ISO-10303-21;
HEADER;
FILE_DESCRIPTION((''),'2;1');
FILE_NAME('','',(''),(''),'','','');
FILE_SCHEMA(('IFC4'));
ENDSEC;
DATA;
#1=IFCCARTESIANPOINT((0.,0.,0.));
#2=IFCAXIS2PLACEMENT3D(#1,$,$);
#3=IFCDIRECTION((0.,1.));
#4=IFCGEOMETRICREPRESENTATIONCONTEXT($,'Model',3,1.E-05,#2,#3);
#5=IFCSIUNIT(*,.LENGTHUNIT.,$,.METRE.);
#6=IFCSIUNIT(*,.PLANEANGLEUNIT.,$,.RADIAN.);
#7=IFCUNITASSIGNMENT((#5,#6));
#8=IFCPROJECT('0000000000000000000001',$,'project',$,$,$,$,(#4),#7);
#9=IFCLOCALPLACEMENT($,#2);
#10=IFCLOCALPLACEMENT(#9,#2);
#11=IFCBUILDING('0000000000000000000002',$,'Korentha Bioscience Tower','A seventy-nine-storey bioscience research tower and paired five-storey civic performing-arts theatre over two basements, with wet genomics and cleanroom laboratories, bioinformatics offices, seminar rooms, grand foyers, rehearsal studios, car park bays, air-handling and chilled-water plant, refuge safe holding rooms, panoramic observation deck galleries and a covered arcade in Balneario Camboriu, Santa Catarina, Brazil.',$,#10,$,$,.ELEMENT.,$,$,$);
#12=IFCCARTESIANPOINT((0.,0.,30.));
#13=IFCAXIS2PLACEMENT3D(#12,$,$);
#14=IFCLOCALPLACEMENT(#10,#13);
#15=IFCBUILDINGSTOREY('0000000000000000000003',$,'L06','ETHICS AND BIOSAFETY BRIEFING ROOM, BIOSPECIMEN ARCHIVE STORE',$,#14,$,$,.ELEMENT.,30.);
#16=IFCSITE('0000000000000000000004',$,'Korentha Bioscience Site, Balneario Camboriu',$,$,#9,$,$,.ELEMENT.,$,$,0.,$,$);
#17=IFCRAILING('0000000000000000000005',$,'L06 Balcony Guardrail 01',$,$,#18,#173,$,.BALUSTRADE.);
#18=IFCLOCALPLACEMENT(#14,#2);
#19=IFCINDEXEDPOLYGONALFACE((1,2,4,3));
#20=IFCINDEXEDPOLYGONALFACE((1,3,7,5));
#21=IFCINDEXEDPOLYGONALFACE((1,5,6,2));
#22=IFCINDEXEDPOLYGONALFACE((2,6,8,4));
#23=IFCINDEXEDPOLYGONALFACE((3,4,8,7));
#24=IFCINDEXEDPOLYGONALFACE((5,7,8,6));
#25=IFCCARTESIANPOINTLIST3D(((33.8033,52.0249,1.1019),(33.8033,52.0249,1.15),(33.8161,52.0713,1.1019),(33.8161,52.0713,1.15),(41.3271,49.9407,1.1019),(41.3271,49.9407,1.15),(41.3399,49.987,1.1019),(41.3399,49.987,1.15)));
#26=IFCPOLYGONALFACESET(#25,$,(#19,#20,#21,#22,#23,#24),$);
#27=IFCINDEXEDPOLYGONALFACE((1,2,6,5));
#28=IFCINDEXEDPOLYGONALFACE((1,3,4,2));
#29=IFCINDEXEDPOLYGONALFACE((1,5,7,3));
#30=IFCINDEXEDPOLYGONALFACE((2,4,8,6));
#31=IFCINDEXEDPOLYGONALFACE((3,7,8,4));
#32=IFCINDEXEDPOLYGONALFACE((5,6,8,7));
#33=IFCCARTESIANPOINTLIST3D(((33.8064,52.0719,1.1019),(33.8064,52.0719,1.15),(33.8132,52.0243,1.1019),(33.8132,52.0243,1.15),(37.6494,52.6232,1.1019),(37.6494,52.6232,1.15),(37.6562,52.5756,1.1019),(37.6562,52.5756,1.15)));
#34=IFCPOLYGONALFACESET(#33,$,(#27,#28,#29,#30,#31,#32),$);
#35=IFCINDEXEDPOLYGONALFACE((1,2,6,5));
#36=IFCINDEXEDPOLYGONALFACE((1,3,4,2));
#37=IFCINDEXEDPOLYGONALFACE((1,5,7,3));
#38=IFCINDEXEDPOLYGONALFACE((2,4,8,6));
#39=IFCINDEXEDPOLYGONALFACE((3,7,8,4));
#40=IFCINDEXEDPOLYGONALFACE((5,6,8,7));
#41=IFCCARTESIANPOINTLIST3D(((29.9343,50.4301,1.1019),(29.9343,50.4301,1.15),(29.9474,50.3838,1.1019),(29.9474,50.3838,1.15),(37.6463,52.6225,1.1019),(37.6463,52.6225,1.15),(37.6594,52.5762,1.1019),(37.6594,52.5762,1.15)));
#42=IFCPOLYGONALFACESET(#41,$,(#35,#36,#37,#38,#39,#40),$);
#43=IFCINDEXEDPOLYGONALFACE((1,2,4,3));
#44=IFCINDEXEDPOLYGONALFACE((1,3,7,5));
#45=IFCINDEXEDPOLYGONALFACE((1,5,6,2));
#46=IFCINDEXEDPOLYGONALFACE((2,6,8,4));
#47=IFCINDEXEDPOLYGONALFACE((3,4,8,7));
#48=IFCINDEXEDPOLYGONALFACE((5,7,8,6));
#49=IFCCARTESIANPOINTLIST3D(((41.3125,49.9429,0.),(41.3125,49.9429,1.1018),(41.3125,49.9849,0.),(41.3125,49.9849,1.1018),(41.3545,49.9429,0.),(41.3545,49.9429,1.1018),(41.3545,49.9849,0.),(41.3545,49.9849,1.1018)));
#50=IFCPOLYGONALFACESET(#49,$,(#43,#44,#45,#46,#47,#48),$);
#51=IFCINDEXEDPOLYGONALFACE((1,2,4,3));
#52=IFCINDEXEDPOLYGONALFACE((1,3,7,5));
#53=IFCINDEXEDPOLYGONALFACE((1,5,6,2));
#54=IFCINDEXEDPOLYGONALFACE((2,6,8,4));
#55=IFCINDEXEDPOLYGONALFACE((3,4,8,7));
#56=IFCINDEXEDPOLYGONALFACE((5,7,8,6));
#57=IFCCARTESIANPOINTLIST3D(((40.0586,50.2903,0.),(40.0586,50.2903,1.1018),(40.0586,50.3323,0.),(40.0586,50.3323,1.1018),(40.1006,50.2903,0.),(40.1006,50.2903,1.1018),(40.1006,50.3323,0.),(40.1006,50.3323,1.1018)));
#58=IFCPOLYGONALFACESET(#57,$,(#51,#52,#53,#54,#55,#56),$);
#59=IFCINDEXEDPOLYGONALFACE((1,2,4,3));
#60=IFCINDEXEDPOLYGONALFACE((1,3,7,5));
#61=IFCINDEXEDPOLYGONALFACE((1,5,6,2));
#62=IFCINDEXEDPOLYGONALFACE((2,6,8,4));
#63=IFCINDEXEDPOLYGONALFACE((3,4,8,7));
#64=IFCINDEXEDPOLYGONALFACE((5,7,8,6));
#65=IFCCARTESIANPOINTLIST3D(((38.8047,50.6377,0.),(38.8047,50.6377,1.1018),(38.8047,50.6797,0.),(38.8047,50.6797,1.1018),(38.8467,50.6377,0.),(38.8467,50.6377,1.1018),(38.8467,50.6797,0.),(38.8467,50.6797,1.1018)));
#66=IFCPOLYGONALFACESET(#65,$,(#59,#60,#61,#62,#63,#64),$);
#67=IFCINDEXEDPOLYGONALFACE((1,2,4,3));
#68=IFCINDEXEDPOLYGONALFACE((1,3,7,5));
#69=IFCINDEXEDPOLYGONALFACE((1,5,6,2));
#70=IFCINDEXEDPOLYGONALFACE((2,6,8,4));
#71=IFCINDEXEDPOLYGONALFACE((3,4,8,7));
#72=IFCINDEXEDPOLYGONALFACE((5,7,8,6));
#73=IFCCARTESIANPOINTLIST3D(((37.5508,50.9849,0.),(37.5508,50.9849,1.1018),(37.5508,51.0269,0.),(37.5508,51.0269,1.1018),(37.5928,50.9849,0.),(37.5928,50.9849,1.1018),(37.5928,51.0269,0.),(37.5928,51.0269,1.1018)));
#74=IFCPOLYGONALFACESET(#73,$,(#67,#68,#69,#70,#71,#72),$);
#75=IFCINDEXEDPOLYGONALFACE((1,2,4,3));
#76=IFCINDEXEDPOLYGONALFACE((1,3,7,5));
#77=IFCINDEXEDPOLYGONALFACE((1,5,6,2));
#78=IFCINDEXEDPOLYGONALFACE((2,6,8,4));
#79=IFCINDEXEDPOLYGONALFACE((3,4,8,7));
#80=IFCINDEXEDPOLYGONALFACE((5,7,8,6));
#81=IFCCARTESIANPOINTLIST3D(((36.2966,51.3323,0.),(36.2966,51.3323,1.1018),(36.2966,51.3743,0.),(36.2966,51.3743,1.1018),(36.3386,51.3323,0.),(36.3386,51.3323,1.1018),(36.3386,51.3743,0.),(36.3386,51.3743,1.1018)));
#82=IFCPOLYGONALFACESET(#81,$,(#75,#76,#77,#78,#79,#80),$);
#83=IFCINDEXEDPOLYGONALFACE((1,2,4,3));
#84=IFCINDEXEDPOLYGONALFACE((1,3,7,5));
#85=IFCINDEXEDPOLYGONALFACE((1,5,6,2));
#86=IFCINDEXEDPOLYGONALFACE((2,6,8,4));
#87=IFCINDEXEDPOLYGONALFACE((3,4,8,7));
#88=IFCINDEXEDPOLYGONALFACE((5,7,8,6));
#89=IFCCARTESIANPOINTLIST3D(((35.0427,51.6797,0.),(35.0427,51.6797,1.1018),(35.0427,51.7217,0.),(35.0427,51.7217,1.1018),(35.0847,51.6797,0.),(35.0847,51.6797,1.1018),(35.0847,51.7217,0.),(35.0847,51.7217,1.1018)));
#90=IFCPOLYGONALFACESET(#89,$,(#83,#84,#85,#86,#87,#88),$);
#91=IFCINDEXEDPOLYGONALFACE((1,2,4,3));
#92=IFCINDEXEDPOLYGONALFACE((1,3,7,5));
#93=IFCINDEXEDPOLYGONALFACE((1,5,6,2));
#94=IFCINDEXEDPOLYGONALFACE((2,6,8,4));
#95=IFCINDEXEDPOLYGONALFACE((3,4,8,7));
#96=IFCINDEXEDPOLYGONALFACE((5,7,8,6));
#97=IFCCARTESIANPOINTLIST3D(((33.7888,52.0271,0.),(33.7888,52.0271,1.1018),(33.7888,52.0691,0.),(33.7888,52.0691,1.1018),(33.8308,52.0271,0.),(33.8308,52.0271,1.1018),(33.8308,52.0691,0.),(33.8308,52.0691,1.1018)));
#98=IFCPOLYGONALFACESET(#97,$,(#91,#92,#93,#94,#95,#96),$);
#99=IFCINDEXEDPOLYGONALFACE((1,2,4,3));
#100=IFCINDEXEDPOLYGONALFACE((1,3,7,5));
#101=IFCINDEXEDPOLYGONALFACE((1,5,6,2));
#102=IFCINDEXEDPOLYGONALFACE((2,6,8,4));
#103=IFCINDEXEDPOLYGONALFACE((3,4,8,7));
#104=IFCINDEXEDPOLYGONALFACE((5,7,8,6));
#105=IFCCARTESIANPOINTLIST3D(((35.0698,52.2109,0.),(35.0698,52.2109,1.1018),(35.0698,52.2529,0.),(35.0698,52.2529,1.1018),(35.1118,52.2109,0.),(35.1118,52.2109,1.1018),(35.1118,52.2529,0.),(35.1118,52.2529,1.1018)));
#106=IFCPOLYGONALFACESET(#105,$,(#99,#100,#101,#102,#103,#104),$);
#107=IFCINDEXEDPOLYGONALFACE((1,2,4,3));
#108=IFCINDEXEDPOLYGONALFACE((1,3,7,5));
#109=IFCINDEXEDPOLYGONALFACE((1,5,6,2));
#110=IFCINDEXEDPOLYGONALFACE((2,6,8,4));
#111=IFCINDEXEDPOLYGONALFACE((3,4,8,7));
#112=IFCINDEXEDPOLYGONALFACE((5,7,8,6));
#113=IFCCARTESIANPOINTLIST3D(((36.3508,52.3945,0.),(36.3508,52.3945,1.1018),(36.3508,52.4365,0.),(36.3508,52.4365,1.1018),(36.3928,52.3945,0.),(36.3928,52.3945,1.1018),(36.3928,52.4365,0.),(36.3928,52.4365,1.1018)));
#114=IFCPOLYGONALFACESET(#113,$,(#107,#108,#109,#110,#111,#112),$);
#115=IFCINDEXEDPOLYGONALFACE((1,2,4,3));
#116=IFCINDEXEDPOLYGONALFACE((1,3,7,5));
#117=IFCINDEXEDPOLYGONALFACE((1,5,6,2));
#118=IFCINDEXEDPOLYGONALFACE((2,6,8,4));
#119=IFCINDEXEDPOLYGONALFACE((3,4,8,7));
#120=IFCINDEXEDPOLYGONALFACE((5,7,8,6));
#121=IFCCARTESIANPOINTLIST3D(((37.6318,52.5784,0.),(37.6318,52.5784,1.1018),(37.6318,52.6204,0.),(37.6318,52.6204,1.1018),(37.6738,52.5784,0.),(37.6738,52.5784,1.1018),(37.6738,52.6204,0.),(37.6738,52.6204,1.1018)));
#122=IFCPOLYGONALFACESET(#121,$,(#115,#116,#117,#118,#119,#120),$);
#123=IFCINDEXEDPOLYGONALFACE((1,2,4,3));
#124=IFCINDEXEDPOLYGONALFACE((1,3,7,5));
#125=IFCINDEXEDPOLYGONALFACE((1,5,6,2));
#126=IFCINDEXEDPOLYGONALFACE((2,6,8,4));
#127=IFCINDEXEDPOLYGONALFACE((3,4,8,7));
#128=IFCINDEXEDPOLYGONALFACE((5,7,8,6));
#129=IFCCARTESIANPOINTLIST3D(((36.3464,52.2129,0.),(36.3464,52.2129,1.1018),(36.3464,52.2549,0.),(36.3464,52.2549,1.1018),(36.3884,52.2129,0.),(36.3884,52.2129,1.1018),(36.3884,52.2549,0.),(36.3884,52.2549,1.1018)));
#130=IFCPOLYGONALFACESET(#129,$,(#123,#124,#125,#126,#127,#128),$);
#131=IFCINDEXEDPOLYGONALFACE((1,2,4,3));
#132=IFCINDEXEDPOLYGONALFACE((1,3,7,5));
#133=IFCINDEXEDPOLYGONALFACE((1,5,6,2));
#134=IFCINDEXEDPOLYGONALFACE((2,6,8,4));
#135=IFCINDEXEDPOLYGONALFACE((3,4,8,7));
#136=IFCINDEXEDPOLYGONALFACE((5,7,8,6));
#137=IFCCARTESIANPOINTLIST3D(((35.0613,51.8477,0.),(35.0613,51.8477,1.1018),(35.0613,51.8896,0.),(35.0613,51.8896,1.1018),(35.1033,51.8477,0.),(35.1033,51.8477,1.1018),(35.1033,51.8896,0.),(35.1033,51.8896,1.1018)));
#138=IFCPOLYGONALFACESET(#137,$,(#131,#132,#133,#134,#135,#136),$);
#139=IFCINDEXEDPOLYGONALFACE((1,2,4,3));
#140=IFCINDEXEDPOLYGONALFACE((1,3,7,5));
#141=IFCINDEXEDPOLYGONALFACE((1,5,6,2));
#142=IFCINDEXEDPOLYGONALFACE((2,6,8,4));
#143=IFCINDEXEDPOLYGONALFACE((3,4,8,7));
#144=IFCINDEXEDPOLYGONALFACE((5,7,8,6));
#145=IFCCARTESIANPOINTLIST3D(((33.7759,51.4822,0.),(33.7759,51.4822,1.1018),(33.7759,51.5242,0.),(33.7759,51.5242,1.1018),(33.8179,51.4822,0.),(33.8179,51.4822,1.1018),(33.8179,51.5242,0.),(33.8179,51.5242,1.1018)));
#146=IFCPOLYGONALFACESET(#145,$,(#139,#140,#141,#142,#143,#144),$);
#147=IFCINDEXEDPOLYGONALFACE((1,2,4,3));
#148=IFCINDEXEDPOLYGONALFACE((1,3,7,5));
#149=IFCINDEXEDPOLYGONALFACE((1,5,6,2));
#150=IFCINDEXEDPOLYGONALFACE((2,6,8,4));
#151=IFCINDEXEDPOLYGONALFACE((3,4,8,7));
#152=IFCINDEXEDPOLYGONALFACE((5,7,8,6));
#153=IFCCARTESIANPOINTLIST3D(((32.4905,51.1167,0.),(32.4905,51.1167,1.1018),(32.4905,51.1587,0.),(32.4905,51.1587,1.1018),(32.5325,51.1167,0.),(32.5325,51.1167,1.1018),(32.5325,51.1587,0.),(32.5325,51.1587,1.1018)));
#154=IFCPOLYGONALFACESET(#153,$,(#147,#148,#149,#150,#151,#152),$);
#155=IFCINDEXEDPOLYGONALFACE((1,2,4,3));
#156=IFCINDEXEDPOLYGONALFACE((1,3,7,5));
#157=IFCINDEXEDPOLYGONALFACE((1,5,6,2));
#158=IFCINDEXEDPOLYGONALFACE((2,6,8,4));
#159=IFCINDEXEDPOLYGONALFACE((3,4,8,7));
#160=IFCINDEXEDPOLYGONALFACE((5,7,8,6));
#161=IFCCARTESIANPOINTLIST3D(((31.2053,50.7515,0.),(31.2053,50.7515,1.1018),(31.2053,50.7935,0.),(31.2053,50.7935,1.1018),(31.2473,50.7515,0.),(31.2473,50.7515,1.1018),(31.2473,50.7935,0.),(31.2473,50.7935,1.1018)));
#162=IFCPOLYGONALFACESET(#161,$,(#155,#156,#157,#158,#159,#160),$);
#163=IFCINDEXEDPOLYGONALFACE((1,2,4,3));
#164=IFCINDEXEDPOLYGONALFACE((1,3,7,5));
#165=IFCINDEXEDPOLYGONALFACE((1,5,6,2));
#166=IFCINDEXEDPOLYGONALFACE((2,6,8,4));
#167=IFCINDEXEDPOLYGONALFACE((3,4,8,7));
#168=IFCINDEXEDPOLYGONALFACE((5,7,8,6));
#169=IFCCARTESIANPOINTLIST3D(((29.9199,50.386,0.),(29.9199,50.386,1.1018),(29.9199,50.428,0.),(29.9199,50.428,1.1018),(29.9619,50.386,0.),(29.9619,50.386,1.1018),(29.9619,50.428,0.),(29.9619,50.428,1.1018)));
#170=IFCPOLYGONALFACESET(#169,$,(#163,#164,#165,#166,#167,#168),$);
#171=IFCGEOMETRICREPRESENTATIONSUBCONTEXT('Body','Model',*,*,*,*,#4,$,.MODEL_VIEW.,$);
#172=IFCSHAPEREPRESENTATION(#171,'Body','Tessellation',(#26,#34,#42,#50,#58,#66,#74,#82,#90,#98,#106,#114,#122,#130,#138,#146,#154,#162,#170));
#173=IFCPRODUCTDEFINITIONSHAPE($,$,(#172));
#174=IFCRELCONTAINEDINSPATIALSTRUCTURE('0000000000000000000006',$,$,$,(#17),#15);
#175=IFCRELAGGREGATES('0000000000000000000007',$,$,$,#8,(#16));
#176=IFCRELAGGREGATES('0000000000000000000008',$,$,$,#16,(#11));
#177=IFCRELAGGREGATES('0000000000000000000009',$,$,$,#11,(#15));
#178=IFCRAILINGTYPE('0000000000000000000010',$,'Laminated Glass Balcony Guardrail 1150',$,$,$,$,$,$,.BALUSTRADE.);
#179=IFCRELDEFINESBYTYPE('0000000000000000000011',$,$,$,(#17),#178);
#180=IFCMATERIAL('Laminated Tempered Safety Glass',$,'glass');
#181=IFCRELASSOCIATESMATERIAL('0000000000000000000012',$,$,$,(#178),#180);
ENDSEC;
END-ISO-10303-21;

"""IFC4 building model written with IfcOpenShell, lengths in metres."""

from ifc_helpers import new_model, si_unit, direction, frame, origin, origin_2d, place, context, subcontext, project, spatial, rectangle, extrude, material, type_object, element, save


model = new_model("IFC4")

# Units and contexts
model_context = context("Model", 3, precision=1e-05, world=origin(), true_north=direction((0.0, 1.0)))
body_context = subcontext(model_context, "Body", "Model", "MODEL_VIEW")
ifc_project = project(units=[si_unit("LENGTHUNIT", "METRE"), si_unit("PLANEANGLEUNIT", "RADIAN")], contexts=[model_context])

# Site, building, storey
site_placement = place(None, origin())
site = spatial("IfcSite", under=ifc_project, at=site_placement, Name="Korentha Bioscience Site, Balneario Camboriu", CompositionType="ELEMENT", RefElevation=0.0)
building_placement = place(site_placement, origin())
building = spatial("IfcBuilding", under=site, at=building_placement, Name="Korentha Bioscience Tower", Description="A seventy-nine-storey bioscience research tower and paired five-storey civic performing-arts theatre over two basements, with wet genomics and cleanroom laboratories, bioinformatics offices, seminar rooms, grand foyers, rehearsal studios, car park bays, air-handling and chilled-water plant, refuge safe holding rooms, panoramic observation deck galleries and a covered arcade in Balneario Camboriu, Santa Catarina, Brazil.", CompositionType="ELEMENT")
storey_placement = place(building_placement, frame((0.0, 0.0, 30.0)))
storey = spatial("IfcBuildingStorey", under=building, at=storey_placement, Name="L06", Description="ETHICS AND BIOSAFETY BRIEFING ROOM, BIOSPECIMEN ARCHIVE STORE", CompositionType="ELEMENT", Elevation=30.0)

# Railing
ifc_material_1 = material(Name="Laminated Tempered Safety Glass", Category="glass")
railing_type = type_object("IfcRailingType", Name="Laminated Glass Balcony Guardrail 1150", PredefinedType="BALUSTRADE", material=ifc_material_1)
railing_placement = place(storey_placement, frame((41.3335, 49.9639, 0.0)))
element("IfcRailing", 1, at=railing_placement, inside=storey, type_object=railing_type, Name="L06 Balcony Guardrail 01", PredefinedType="BALUSTRADE", context=body_context, shape_type="SweptSolid", body=[
    extrude(rectangle(XDim=0.0481, YDim=0.0481, at=origin_2d()), frame((0.0, 0.0, 1.126), z_axis=(-0.963705, 0.266968, 0.0), x_axis=(-0.266968, -0.963705, 0.0)), (0.0, 0.0, 1.0), 7.8071),
    extrude(rectangle(XDim=0.0481, YDim=0.0481, at=origin_2d()), frame((-7.5237, 2.0842, 1.126), z_axis=(0.989868, 0.141994, 0.0), x_axis=(-0.141994, 0.989868, 0.0)), (0.0, 0.0, 1.0), 3.8823),
    extrude(rectangle(XDim=0.0481, YDim=0.0481, at=origin_2d()), frame((-3.6807, 2.6355, 1.126), z_axis=(-0.961886, -0.27345, 0.0), x_axis=(0.27345, -0.961886, 0.0)), (0.0, 0.0, 1.0), 8.0176),
    extrude(rectangle(XDim=0.042, YDim=0.042, at=origin_2d()), origin(), (0.0, 0.0, 1.0), 1.1018),
    extrude(rectangle(XDim=0.042, YDim=0.042, at=origin_2d()), frame((-1.2539, 0.3474, 0.0)), (0.0, 0.0, 1.0), 1.1018),
    extrude(rectangle(XDim=0.042, YDim=0.042, at=origin_2d()), frame((-2.5078, 0.6948, 0.0)), (0.0, 0.0, 1.0), 1.1018),
    extrude(rectangle(XDim=0.042, YDim=0.042, at=origin_2d()), frame((-3.7617, 1.042, 0.0)), (0.0, 0.0, 1.0), 1.1018),
    extrude(rectangle(XDim=0.042, YDim=0.042, at=origin_2d()), frame((-5.0159, 1.3894, 0.0)), (0.0, 0.0, 1.0), 1.1018),
    extrude(rectangle(XDim=0.042, YDim=0.042, at=origin_2d()), frame((-6.2698, 1.7368, 0.0)), (0.0, 0.0, 1.0), 1.1018),
    extrude(rectangle(XDim=0.042, YDim=0.042, at=origin_2d()), frame((-7.5237, 2.0842, 0.0)), (0.0, 0.0, 1.0), 1.1018),
    extrude(rectangle(XDim=0.042, YDim=0.042, at=origin_2d()), frame((-6.2427, 2.2681, 0.0)), (0.0, 0.0, 1.0), 1.1018),
    extrude(rectangle(XDim=0.042, YDim=0.042, at=origin_2d()), frame((-4.9617, 2.4517, 0.0)), (0.0, 0.0, 1.0), 1.1018),
    extrude(rectangle(XDim=0.042, YDim=0.042, at=origin_2d()), frame((-3.6807, 2.6355, 0.0)), (0.0, 0.0, 1.0), 1.1018),
    extrude(rectangle(XDim=0.042, YDim=0.042, at=origin_2d()), frame((-4.9661, 2.27, 0.0)), (0.0, 0.0, 1.0), 1.1018),
    extrude(rectangle(XDim=0.042, YDim=0.042, at=origin_2d()), frame((-6.2512, 1.9048, 0.0)), (0.0, 0.0, 1.0), 1.1018),
    extrude(rectangle(XDim=0.042, YDim=0.042, at=origin_2d()), frame((-7.5366, 1.5393, 0.0)), (0.0, 0.0, 1.0), 1.1018),
    extrude(rectangle(XDim=0.042, YDim=0.042, at=origin_2d()), frame((-8.822, 1.1738, 0.0)), (0.0, 0.0, 1.0), 1.1018),
    extrude(rectangle(XDim=0.042, YDim=0.042, at=origin_2d()), frame((-10.1072, 0.8086, 0.0)), (0.0, 0.0, 1.0), 1.1018),
    extrude(rectangle(XDim=0.042, YDim=0.042, at=origin_2d()), frame((-11.3926, 0.4431, 0.0)), (0.0, 0.0, 1.0), 1.1018),
])

save(model, "model.ifc")
